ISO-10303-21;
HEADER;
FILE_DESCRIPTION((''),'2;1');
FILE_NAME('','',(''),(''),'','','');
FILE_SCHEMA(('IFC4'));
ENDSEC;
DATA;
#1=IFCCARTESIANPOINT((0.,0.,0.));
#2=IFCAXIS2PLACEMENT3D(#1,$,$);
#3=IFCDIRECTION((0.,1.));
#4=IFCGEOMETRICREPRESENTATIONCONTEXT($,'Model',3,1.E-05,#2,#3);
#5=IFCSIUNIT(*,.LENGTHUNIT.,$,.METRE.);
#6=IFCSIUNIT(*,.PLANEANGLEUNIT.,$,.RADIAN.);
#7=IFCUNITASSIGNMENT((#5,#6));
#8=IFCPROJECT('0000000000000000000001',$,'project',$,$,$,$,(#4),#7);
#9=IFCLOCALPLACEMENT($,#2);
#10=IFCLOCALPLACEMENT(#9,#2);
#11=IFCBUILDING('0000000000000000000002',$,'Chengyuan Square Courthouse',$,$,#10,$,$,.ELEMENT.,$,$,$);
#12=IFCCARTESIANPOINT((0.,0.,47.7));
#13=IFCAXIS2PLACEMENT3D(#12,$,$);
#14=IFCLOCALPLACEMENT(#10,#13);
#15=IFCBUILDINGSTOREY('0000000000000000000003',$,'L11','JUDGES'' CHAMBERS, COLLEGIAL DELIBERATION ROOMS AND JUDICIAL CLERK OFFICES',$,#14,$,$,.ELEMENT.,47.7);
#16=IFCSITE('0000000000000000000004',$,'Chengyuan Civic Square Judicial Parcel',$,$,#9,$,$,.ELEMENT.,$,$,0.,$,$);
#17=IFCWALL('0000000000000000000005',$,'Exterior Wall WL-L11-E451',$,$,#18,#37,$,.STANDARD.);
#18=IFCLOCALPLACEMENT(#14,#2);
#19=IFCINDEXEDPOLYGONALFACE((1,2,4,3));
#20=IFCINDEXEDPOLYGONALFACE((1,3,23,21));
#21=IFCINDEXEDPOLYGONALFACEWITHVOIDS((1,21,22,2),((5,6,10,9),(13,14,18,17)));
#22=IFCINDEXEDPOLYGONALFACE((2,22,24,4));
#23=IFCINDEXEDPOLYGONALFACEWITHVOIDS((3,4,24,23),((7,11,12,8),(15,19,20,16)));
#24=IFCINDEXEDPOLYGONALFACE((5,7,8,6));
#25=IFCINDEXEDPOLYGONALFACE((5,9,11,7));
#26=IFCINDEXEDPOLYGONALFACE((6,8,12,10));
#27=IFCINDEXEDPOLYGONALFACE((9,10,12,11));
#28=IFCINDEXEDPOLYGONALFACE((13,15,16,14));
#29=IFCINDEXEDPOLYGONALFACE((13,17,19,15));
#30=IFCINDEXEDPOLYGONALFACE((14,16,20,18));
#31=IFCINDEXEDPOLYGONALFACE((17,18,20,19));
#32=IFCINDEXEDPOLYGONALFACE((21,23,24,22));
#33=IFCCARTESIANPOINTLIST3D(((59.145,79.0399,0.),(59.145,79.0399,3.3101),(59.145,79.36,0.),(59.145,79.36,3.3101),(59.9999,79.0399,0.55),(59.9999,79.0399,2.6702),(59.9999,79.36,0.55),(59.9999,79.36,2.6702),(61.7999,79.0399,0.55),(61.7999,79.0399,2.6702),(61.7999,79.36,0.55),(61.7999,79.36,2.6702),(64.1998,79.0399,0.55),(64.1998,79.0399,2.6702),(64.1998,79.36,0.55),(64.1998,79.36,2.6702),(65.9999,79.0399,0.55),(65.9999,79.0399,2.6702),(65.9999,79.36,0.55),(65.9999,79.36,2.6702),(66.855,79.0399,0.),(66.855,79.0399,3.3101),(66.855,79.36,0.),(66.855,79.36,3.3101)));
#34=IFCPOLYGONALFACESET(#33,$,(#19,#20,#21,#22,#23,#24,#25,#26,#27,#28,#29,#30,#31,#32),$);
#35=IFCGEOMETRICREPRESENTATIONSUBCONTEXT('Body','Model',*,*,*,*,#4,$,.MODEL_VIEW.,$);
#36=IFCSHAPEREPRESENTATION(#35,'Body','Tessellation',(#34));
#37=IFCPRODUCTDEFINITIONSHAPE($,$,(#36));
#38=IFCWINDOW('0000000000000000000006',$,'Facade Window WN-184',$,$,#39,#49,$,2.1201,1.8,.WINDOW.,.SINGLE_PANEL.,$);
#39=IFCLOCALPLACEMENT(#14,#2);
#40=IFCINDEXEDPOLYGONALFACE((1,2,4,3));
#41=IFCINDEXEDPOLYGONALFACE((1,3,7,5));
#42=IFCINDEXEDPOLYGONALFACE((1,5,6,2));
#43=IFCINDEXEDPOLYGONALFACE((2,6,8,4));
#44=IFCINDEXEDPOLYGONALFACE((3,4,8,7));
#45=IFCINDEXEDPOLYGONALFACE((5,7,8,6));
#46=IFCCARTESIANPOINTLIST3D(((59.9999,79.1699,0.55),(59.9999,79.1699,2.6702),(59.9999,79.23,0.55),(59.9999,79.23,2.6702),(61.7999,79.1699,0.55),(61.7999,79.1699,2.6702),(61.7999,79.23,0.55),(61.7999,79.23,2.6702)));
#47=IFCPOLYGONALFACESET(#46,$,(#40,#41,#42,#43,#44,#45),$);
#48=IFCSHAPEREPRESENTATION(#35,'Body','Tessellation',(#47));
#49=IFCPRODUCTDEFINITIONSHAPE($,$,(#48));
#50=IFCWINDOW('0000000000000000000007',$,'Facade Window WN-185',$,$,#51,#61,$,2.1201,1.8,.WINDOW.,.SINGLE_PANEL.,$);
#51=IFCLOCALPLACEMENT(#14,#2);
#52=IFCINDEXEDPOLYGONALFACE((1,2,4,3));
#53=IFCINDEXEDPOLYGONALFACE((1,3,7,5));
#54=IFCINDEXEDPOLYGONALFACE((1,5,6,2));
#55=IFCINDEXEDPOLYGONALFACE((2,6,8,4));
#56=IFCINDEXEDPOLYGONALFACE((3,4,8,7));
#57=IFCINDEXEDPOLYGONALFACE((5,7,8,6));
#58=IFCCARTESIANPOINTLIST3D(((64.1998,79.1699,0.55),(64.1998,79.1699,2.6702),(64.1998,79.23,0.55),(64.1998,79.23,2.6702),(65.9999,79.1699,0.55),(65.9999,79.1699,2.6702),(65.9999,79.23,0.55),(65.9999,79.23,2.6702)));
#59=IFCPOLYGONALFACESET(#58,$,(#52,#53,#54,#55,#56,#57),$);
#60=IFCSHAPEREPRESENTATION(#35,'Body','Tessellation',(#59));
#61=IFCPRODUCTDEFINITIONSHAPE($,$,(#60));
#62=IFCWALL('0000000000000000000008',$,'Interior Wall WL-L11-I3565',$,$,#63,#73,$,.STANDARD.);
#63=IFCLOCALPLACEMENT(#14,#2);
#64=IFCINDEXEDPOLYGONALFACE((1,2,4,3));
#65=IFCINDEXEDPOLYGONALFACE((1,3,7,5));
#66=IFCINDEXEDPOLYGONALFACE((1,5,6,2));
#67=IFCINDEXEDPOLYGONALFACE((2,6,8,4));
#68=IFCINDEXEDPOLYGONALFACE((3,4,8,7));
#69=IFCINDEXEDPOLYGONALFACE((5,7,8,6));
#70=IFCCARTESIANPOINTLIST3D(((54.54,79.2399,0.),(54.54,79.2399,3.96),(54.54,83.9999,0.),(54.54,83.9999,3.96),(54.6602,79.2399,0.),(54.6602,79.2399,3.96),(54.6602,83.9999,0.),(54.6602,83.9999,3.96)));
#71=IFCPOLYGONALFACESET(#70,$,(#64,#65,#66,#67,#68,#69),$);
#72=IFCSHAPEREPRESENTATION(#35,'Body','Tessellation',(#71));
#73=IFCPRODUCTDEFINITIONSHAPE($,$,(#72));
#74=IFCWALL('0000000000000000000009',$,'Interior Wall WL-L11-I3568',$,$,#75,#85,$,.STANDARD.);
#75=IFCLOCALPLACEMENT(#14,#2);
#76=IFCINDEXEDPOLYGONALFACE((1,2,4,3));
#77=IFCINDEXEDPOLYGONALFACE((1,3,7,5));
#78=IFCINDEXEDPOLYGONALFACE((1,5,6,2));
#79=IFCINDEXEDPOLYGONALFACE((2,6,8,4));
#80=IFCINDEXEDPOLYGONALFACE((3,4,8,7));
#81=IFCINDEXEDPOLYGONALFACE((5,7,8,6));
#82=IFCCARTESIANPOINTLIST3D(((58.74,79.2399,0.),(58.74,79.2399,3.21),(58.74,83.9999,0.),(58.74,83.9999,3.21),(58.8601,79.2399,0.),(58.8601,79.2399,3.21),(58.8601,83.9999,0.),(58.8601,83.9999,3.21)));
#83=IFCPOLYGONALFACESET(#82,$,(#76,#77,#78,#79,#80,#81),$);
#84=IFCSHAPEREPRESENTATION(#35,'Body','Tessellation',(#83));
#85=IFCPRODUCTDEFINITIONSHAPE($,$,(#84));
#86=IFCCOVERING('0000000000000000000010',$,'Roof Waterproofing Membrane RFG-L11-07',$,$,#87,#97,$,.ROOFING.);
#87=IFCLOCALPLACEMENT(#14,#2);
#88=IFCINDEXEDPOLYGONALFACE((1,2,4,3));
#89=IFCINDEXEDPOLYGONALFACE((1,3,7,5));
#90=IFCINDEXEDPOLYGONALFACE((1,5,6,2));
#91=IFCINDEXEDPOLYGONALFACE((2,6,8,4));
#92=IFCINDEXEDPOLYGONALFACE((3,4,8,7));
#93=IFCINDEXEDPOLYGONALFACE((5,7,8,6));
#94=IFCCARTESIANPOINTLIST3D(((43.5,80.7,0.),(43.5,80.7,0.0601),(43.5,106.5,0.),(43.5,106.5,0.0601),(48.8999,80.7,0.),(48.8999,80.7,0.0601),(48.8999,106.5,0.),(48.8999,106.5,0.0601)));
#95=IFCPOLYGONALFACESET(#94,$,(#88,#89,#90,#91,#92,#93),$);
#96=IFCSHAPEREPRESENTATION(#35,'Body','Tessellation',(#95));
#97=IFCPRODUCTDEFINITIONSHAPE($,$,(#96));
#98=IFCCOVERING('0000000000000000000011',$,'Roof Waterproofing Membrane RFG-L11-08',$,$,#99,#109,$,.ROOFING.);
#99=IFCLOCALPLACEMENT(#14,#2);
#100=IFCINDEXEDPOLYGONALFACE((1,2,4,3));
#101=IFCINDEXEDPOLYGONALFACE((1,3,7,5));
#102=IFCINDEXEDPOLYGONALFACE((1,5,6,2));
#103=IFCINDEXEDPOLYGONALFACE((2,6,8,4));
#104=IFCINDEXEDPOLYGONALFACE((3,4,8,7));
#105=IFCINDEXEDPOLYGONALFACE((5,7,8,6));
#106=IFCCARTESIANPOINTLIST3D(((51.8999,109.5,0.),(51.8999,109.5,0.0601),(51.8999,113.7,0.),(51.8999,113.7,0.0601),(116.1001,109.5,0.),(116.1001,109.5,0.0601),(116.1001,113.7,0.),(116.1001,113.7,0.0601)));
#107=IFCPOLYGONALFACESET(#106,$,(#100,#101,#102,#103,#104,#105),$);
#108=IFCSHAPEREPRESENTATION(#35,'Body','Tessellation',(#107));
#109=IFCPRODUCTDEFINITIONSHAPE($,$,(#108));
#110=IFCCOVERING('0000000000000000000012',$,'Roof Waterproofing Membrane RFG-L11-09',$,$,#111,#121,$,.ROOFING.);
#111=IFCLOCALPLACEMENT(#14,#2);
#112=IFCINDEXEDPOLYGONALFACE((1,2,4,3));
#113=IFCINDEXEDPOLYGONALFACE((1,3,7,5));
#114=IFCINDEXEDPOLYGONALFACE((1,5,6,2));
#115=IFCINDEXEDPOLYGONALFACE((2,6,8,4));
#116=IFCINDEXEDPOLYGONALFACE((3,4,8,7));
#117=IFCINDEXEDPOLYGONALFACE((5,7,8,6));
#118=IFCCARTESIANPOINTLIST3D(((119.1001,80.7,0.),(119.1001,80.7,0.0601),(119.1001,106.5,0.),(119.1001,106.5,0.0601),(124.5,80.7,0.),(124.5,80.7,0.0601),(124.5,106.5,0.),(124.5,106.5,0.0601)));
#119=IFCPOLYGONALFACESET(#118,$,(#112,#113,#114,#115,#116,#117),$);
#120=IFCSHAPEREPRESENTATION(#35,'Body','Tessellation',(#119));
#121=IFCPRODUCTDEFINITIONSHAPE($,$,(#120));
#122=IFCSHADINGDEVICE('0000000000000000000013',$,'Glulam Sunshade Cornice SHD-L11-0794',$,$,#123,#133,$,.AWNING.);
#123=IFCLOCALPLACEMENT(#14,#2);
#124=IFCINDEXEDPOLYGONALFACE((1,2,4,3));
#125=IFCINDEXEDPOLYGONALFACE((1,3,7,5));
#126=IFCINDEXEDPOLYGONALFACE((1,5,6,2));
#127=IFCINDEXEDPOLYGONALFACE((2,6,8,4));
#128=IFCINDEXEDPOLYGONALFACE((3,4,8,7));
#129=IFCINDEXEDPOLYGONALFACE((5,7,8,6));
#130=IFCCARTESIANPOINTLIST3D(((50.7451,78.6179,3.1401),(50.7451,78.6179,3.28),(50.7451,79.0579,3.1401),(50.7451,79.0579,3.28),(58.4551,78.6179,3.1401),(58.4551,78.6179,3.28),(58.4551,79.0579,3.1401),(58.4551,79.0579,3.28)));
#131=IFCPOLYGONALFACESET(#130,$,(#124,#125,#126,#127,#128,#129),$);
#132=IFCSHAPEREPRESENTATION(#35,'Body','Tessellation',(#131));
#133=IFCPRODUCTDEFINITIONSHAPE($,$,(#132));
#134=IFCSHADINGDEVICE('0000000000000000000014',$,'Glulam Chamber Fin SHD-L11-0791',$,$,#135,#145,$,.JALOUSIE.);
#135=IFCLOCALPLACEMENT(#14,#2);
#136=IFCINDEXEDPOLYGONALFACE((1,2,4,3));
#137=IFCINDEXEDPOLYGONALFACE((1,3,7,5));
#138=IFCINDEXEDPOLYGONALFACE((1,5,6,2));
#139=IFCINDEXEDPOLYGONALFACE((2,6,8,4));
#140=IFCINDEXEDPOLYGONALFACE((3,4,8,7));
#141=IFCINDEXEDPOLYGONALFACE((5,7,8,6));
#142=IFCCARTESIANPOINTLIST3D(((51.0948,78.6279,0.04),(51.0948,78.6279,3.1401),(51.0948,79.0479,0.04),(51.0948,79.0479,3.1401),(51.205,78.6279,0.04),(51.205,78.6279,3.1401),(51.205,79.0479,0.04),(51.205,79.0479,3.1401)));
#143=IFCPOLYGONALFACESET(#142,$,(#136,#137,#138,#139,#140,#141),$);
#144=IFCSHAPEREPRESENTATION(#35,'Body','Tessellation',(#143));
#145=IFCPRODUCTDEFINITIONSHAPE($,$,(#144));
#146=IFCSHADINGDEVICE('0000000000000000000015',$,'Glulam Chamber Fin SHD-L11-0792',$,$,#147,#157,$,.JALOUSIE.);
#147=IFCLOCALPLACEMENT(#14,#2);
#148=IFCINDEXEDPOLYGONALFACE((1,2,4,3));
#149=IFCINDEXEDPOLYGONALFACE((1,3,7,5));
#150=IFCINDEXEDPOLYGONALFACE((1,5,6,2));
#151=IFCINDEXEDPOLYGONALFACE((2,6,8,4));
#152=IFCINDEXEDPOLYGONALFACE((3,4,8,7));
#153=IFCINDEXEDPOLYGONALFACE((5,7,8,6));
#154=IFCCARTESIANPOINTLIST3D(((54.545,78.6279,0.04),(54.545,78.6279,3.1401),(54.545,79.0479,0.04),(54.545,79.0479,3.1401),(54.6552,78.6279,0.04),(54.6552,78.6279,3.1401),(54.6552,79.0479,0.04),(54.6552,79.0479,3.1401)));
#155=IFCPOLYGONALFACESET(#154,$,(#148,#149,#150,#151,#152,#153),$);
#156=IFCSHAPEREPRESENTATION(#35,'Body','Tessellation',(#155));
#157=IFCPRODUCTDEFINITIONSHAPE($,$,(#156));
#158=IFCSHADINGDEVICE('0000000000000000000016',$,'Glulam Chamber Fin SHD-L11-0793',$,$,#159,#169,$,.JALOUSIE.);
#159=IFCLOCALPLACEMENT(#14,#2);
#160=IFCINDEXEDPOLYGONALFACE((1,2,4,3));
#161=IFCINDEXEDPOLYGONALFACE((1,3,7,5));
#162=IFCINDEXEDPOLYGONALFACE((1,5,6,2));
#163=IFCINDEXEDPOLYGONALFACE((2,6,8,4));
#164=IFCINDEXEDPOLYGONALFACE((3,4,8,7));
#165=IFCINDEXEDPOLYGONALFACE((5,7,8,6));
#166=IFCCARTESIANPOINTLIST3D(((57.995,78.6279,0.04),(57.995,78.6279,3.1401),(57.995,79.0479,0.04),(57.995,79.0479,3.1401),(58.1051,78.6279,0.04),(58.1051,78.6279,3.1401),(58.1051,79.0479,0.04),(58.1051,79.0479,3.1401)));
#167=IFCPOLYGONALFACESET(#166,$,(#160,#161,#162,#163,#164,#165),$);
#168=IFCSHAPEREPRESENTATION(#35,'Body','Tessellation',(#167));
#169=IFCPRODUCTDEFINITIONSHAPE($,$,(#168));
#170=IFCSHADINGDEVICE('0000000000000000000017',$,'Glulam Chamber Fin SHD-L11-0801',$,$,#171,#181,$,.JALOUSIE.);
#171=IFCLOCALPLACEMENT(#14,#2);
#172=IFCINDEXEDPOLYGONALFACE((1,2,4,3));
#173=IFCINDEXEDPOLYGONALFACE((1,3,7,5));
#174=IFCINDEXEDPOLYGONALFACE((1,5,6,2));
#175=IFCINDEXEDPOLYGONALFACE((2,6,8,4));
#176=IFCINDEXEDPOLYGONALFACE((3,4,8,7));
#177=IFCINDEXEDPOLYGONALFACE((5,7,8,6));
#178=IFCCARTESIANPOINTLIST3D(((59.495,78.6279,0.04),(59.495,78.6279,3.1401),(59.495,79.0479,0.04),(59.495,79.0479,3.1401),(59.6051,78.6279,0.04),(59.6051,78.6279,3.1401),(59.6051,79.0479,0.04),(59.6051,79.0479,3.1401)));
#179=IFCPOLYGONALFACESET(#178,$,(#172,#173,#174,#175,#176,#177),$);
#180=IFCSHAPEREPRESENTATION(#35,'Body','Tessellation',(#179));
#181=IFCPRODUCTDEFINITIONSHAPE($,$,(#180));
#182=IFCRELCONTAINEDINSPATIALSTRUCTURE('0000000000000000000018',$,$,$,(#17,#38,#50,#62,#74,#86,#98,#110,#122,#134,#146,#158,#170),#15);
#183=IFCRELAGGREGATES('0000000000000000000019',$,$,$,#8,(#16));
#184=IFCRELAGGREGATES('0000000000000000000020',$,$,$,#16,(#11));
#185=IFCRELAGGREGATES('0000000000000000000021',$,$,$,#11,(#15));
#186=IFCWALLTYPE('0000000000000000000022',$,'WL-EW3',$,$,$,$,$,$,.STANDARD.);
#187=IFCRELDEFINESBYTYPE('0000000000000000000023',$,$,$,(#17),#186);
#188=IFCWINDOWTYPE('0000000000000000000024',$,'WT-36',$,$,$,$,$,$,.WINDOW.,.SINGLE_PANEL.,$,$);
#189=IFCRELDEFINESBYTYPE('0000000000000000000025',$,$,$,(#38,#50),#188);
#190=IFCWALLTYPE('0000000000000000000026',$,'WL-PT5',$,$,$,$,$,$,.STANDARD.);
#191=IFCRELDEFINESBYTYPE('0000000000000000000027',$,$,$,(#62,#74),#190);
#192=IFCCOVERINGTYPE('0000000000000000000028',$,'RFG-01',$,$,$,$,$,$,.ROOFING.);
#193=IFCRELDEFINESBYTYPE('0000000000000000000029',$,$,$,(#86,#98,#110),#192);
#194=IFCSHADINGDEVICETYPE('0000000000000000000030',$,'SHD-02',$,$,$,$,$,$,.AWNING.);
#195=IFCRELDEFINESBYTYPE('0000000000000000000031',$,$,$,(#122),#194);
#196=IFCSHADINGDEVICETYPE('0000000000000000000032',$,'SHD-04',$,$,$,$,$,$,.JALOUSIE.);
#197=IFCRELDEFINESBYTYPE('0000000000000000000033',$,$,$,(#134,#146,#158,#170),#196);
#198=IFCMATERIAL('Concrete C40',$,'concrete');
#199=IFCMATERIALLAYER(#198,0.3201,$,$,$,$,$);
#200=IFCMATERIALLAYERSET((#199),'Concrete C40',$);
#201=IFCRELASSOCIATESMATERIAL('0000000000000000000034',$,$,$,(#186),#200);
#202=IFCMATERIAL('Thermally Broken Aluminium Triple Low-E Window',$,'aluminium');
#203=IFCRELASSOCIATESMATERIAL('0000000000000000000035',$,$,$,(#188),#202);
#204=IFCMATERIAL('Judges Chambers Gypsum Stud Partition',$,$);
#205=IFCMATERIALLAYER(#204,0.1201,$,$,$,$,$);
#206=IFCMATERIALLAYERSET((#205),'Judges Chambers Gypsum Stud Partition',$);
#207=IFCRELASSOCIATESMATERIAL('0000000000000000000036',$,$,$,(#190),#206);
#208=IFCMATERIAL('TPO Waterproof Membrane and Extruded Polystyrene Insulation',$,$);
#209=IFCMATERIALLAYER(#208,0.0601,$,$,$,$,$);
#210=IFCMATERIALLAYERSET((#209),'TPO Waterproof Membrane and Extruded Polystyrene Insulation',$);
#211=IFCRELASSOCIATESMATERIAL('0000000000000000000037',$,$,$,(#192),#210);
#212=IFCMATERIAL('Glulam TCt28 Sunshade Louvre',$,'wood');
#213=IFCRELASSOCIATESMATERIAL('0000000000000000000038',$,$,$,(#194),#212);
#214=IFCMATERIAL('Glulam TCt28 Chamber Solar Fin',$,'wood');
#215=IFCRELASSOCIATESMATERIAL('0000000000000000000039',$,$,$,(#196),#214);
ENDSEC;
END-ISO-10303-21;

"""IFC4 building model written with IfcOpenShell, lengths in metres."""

from ifc_helpers import new_model, si_unit, direction, frame, frame_2d, origin, origin_2d, place, context, subcontext, project, spatial, polyline, rectangle, outline, extrude, material, layer, layer_set, type_object, element, fill, save


model = new_model("IFC4")

# Units and contexts
model_context = context("Model", 3, precision=1e-05, world=origin(), true_north=direction((0.0, 1.0)))
body_context = subcontext(model_context, "Body", "Model", "MODEL_VIEW")
ifc_project = project(units=[si_unit("LENGTHUNIT", "METRE"), si_unit("PLANEANGLEUNIT", "RADIAN")], contexts=[model_context])

# Site, building, storey
site_placement = place(None, origin())
site = spatial("IfcSite", under=ifc_project, at=site_placement, Name="Chengyuan Civic Square Judicial Parcel", CompositionType="ELEMENT", RefElevation=0.0)
building_placement = place(site_placement, origin())
building = spatial("IfcBuilding", under=site, at=building_placement, Name="Chengyuan Square Courthouse", CompositionType="ELEMENT")
storey_placement = place(building_placement, frame((0.0, 0.0, 47.7)))
storey = spatial("IfcBuildingStorey", under=building, at=storey_placement, Name="L11", Description="JUDGES' CHAMBERS, COLLEGIAL DELIBERATION ROOMS AND JUDICIAL CLERK OFFICES", CompositionType="ELEMENT", Elevation=47.7)

# Shared definitions
ifc_material_1 = material(Name="Concrete C40", Category="concrete")

# Wall, openings, windows
ifc_layer_1 = layer(ifc_material_1, 0.3201)
ifc_layer_set_1 = layer_set([ifc_layer_1], Name="Concrete C40")
wall_type_1 = type_object("IfcWallType", Name="WL-EW3", PredefinedType="STANDARD", material=ifc_layer_set_1)
ifc_material_2 = material(Name="Thermally Broken Aluminium Triple Low-E Window", Category="aluminium")
window_type = type_object("IfcWindowType", Name="WT-36", PartitioningType="SINGLE_PANEL", PredefinedType="WINDOW", material=ifc_material_2)
wall_1_placement = place(storey_placement, frame((59.145, 79.2, 0.0), z_axis=(0.0, 0.0, 1.0), x_axis=(1.0, 0.0, 0.0)))
wall_1 = element("IfcWall", 1, at=wall_1_placement, inside=storey, type_object=wall_type_1, Name="Exterior Wall WL-L11-E451", PredefinedType="STANDARD", context=body_context, shape_type="SweptSolid", body=[
    extrude(rectangle(XDim=7.71, YDim=0.3201, at=frame_2d((3.855, 0.0))), origin(), (0.0, 0.0, 1.0), 3.3101),
])
opening_1_placement = place(wall_1_placement, frame((0.855, 0.0, 0.55)))
opening_1 = element("IfcOpeningElement", 2, at=opening_1_placement, cuts=wall_1, PredefinedType="OPENING", context=body_context, shape_type="SweptSolid", body=[
    extrude(rectangle(XDim=1.8, YDim=2.1201, at=frame_2d((0.8999, 1.0601))), frame((0.0, 0.1721, 0.0), z_axis=(0.0, -1.0, 0.0), x_axis=(1.0, 0.0, 0.0)), (0.0, 0.0, 1.0), 0.344),
])
opening_2_placement = place(wall_1_placement, frame((5.0549, 0.0, 0.55)))
opening_2 = element("IfcOpeningElement", 3, at=opening_2_placement, cuts=wall_1, PredefinedType="OPENING", context=body_context, shape_type="SweptSolid", body=[
    extrude(rectangle(XDim=1.8, YDim=2.1201, at=frame_2d((0.8999, 1.0601))), frame((0.0, 0.1721, 0.0), z_axis=(0.0, -1.0, 0.0), x_axis=(1.0, 0.0, 0.0)), (0.0, 0.0, 1.0), 0.344),
])
window_1_placement = place(opening_1_placement, origin())
window_1 = element("IfcWindow", 4, at=window_1_placement, inside=storey, type_object=window_type, Name="Facade Window WN-184", OverallHeight=2.1201, OverallWidth=1.8, PartitioningType="SINGLE_PANEL", PredefinedType="WINDOW", context=body_context, shape_type="SweptSolid", body=[
    extrude(rectangle(XDim=1.8, YDim=2.1201, at=frame_2d((0.8999, 1.0601))), frame((0.0, 0.03, 0.0), z_axis=(0.0, -1.0, 0.0), x_axis=(1.0, 0.0, 0.0)), (0.0, 0.0, 1.0), 0.0601),
])
fill(opening_1, window_1)
window_2_placement = place(opening_2_placement, origin())
window_2 = element("IfcWindow", 5, at=window_2_placement, inside=storey, type_object=window_type, Name="Facade Window WN-185", OverallHeight=2.1201, OverallWidth=1.8, PartitioningType="SINGLE_PANEL", PredefinedType="WINDOW", context=body_context, shape_type="SweptSolid", body=[
    extrude(rectangle(XDim=1.8, YDim=2.1201, at=frame_2d((0.8999, 1.0601))), frame((0.0, 0.03, 0.0), z_axis=(0.0, -1.0, 0.0), x_axis=(1.0, 0.0, 0.0)), (0.0, 0.0, 1.0), 0.0601),
])
fill(opening_2, window_2)

# Walls
ifc_material_3 = material(Name="Judges Chambers Gypsum Stud Partition")
ifc_layer_2 = layer(ifc_material_3, 0.1201)
ifc_layer_set_2 = layer_set([ifc_layer_2], Name="Judges Chambers Gypsum Stud Partition")
wall_type_2 = type_object("IfcWallType", Name="WL-PT5", PredefinedType="STANDARD", material=ifc_layer_set_2)
wall_2_placement = place(storey_placement, frame((54.6001, 79.24, 0.0), z_axis=(0.0, 0.0, 1.0), x_axis=(0.0, 1.0, 0.0)))
element("IfcWall", 6, at=wall_2_placement, inside=storey, type_object=wall_type_2, Name="Interior Wall WL-L11-I3565", PredefinedType="STANDARD", context=body_context, shape_type="SweptSolid", body=[
    extrude(rectangle(XDim=4.76, YDim=0.1201, at=frame_2d((2.3799, 0.0))), origin(), (0.0, 0.0, 1.0), 3.96),
])
wall_3_placement = place(storey_placement, frame((58.8, 79.24, 0.0), z_axis=(0.0, 0.0, 1.0), x_axis=(0.0, 1.0, 0.0)))
element("IfcWall", 7, at=wall_3_placement, inside=storey, type_object=wall_type_2, Name="Interior Wall WL-L11-I3568", PredefinedType="STANDARD", context=body_context, shape_type="SweptSolid", body=[
    extrude(rectangle(XDim=4.76, YDim=0.1201, at=frame_2d((2.3799, 0.0))), origin(), (0.0, 0.0, 1.0), 3.21),
])

# Coverings
ifc_material_4 = material(Name="TPO Waterproof Membrane and Extruded Polystyrene Insulation")
ifc_layer_3 = layer(ifc_material_4, 0.0601)
ifc_layer_set_3 = layer_set([ifc_layer_3], Name="TPO Waterproof Membrane and Extruded Polystyrene Insulation")
covering_type = type_object("IfcCoveringType", Name="RFG-01", PredefinedType="ROOFING", material=ifc_layer_set_3)
covering_1_placement = place(storey_placement, origin())
element("IfcCovering", 8, at=covering_1_placement, inside=storey, type_object=covering_type, Name="Roof Waterproofing Membrane RFG-L11-07", PredefinedType="ROOFING", context=body_context, shape_type="SweptSolid", body=[
    extrude(outline(polyline([(43.5, 80.7), (48.8999, 80.7), (48.8999, 106.5), (43.5, 106.5), (43.5, 80.7)])), origin(), (0.0, 0.0, 1.0), 0.0601),
])
covering_2_placement = place(storey_placement, origin())
element("IfcCovering", 9, at=covering_2_placement, inside=storey, type_object=covering_type, Name="Roof Waterproofing Membrane RFG-L11-08", PredefinedType="ROOFING", context=body_context, shape_type="SweptSolid", body=[
    extrude(outline(polyline([(51.8999, 109.5), (116.1001, 109.5), (116.1001, 113.7), (51.8999, 113.7), (51.8999, 109.5)])), origin(), (0.0, 0.0, 1.0), 0.0601),
])
covering_3_placement = place(storey_placement, origin())
element("IfcCovering", 10, at=covering_3_placement, inside=storey, type_object=covering_type, Name="Roof Waterproofing Membrane RFG-L11-09", PredefinedType="ROOFING", context=body_context, shape_type="SweptSolid", body=[
    extrude(outline(polyline([(119.1001, 80.7), (124.5, 80.7), (124.5, 106.5), (119.1001, 106.5), (119.1001, 80.7)])), origin(), (0.0, 0.0, 1.0), 0.0601),
])

# Shading devices
ifc_material_5 = material(Name="Glulam TCt28 Sunshade Louvre", Category="wood")
shading_device_type_1 = type_object("IfcShadingDeviceType", Name="SHD-02", PredefinedType="AWNING", material=ifc_material_5)
shading_device_placement = place(storey_placement, frame((54.6001, 78.8379, 3.1401), z_axis=(0.0, 0.0, 1.0), x_axis=(1.0, 0.0, 0.0)))
element("IfcShadingDevice", 11, at=shading_device_placement, inside=storey, type_object=shading_device_type_1, Name="Glulam Sunshade Cornice SHD-L11-0794", PredefinedType="AWNING", context=body_context, shape_type="SweptSolid", body=[
    extrude(rectangle(XDim=7.71, YDim=0.4399, at=origin_2d()), origin(), (0.0, 0.0, 1.0), 0.1399),
])
ifc_material_6 = material(Name="Glulam TCt28 Chamber Solar Fin", Category="wood")
shading_device_type_2 = type_object("IfcShadingDeviceType", Name="SHD-04", PredefinedType="JALOUSIE", material=ifc_material_6)
for number, where, z_axis, x_axis, name in (
    (12, (51.1499, 78.8379, 0.04), (0.0, 0.0, 1.0), (0.0, 1.0, 0.0), "Glulam Chamber Fin SHD-L11-0791"),
    (13, (54.6001, 78.8379, 0.04), (0.0, 0.0, 1.0), (0.0, 1.0, 0.0), "Glulam Chamber Fin SHD-L11-0792"),
    (14, (58.05, 78.8379, 0.04), (0.0, 0.0, 1.0), (0.0, 1.0, 0.0), "Glulam Chamber Fin SHD-L11-0793"),
    (15, (59.55, 78.8379, 0.04), (0.0, 0.0, 1.0), (0.0, 1.0, 0.0), "Glulam Chamber Fin SHD-L11-0801"),
):
    element("IfcShadingDevice", number, at=place(storey_placement, frame(where, z_axis=z_axis, x_axis=x_axis)), inside=storey, type_object=shading_device_type_2, Name=name, PredefinedType="JALOUSIE", context=body_context, shape_type="SweptSolid", body=[
        extrude(rectangle(XDim=0.4199, YDim=0.1101, at=origin_2d()), origin(), (0.0, 0.0, 1.0), 3.1001),
    ])

save(model, "model.ifc")
